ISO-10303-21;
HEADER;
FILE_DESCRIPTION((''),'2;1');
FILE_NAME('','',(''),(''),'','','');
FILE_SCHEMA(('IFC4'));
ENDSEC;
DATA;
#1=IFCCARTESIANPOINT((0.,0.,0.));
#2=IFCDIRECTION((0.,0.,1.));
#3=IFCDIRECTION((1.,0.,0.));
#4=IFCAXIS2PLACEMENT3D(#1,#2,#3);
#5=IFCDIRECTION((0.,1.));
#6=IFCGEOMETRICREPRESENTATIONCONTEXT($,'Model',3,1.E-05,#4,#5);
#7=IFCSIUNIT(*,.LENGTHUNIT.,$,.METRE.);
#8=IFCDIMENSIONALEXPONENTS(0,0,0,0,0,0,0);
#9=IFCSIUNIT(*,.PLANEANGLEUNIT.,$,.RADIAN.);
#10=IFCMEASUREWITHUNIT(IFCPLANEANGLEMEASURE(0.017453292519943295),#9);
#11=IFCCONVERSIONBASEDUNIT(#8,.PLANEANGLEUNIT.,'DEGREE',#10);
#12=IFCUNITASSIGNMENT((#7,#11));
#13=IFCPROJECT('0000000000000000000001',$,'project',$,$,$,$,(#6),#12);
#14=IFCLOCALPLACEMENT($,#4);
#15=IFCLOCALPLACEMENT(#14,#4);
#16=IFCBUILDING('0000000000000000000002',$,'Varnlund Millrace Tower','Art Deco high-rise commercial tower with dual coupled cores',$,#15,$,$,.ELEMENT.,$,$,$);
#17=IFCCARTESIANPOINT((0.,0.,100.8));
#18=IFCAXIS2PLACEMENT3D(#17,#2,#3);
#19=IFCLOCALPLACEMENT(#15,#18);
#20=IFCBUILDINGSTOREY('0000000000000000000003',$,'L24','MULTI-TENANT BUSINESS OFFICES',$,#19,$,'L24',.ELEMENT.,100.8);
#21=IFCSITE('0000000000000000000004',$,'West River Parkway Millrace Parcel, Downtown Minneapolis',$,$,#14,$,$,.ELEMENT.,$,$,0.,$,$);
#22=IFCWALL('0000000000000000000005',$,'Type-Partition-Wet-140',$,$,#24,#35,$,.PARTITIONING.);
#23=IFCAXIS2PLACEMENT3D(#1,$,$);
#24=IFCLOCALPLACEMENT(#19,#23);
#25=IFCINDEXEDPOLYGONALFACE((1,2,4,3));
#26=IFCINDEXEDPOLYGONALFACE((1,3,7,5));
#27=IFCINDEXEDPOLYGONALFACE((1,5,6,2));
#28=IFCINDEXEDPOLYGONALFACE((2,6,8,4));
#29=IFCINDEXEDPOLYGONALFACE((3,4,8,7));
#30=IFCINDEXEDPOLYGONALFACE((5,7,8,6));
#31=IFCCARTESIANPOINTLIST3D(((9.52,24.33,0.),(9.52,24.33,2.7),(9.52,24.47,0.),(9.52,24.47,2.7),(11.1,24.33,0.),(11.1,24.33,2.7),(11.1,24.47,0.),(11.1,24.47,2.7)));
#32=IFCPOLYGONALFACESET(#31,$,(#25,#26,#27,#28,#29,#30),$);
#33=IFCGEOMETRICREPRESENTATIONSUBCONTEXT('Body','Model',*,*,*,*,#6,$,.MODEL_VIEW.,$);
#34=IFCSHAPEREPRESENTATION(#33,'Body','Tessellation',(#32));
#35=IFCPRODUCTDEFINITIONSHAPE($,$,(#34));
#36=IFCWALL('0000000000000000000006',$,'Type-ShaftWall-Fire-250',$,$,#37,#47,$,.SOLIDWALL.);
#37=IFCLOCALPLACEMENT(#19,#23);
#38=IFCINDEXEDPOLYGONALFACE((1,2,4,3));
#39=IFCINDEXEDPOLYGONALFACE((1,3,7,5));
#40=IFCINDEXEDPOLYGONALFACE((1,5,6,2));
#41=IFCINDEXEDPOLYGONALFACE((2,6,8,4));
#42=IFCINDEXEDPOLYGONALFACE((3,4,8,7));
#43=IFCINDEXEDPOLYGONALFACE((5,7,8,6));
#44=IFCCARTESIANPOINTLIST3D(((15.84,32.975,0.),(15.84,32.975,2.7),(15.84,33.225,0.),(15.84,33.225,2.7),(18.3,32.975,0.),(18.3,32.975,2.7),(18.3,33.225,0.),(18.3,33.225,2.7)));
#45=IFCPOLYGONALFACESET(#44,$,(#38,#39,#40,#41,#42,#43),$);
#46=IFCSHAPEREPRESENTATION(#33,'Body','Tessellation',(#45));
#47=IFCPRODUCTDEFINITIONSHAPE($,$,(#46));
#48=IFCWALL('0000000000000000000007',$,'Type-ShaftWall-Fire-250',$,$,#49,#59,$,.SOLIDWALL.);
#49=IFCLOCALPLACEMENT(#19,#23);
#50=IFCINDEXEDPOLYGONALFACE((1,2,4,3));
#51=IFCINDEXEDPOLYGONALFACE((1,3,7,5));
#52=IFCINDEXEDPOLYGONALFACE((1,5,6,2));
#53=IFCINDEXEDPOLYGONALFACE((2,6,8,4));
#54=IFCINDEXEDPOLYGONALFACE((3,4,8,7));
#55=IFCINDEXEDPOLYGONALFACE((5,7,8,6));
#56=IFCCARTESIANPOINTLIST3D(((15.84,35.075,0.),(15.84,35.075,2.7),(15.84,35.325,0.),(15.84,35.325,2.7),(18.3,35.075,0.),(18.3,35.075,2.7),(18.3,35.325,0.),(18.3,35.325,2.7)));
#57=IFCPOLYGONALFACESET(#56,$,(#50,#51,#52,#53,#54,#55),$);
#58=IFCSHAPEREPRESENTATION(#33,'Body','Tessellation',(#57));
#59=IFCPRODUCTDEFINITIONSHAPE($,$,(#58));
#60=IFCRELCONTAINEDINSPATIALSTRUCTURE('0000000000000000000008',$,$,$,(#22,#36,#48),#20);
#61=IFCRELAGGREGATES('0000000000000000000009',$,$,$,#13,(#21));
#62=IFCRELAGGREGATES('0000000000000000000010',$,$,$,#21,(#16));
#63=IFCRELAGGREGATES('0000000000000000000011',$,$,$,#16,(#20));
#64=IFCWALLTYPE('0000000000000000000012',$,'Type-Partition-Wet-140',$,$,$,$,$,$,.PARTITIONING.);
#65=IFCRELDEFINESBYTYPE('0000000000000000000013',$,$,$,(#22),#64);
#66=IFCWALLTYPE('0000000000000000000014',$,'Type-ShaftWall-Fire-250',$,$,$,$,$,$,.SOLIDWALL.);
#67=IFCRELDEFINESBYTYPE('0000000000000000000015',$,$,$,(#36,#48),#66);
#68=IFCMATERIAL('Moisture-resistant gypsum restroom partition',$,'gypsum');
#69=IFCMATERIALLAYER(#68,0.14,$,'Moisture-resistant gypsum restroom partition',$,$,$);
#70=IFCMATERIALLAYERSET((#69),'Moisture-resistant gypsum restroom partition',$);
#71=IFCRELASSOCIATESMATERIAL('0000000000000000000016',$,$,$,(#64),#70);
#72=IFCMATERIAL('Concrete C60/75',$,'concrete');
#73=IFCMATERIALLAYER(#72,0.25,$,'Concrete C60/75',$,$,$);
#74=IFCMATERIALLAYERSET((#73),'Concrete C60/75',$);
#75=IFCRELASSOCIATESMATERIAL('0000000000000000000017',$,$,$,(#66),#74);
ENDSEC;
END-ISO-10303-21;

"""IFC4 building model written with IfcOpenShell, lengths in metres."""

from ifc_helpers import new_model, entity, si_unit, converted_unit, direction, frame, origin_with_axes, place, context, subcontext, project, spatial, polyline, outline, extrude, material, layer, layer_set, type_object, element, save


model = new_model("IFC4")

# Units and contexts
model_context = context("Model", 3, precision=1e-05, world=origin_with_axes(), true_north=direction((0.0, 1.0)))
body_context = subcontext(model_context, "Body", "Model", "MODEL_VIEW")
ifc_project = project(units=[si_unit("LENGTHUNIT", "METRE"), converted_unit("PLANEANGLEUNIT", "DEGREE", entity("IfcPlaneAngleMeasure", 0.017453292519943295), si_unit("PLANEANGLEUNIT", "RADIAN"), dimensions=[0, 0, 0, 0, 0, 0, 0])], contexts=[model_context])

# Site, building, storey
site_placement = place(None, origin_with_axes())
site = spatial("IfcSite", under=ifc_project, at=site_placement, Name="West River Parkway Millrace Parcel, Downtown Minneapolis", CompositionType="ELEMENT", RefElevation=0.0)
building_placement = place(site_placement, origin_with_axes())
building = spatial("IfcBuilding", under=site, at=building_placement, Name="Varnlund Millrace Tower", Description="Art Deco high-rise commercial tower with dual coupled cores", CompositionType="ELEMENT")
storey_placement = place(building_placement, frame((0.0, 0.0, 100.8), z_axis=(0.0, 0.0, 1.0), x_axis=(1.0, 0.0, 0.0)))
storey = spatial("IfcBuildingStorey", under=building, at=storey_placement, Name="L24", Description="MULTI-TENANT BUSINESS OFFICES", LongName="L24", CompositionType="ELEMENT", Elevation=100.8)

# Walls
ifc_material_1 = material(Name="Moisture-resistant gypsum restroom partition", Category="gypsum")
ifc_layer_1 = layer(ifc_material_1, 0.14, Name="Moisture-resistant gypsum restroom partition")
ifc_layer_set_1 = layer_set([ifc_layer_1], Name="Moisture-resistant gypsum restroom partition")
wall_type_1 = type_object("IfcWallType", Name="Type-Partition-Wet-140", PredefinedType="PARTITIONING", material=ifc_layer_set_1)
wall_1_placement = place(storey_placement, frame((9.52, 24.4, 0.0), z_axis=(0.0, 0.0, 1.0), x_axis=(1.0, 0.0, 0.0)))
element("IfcWall", 1, at=wall_1_placement, inside=storey, type_object=wall_type_1, Name="Type-Partition-Wet-140", PredefinedType="PARTITIONING", context=body_context, shape_type="SweptSolid", body=[
    extrude(outline(polyline([(0.0, -0.07), (1.58, -0.07), (1.58, 0.07), (0.0, 0.07), (0.0, -0.07)])), origin_with_axes(), (0.0, 0.0, 1.0), 2.7),
])
ifc_material_2 = material(Name="Concrete C60/75", Category="concrete")
ifc_layer_2 = layer(ifc_material_2, 0.25, Name="Concrete C60/75")
ifc_layer_set_2 = layer_set([ifc_layer_2], Name="Concrete C60/75")
wall_type_2 = type_object("IfcWallType", Name="Type-ShaftWall-Fire-250", PredefinedType="SOLIDWALL", material=ifc_layer_set_2)
for number, where, z_axis, x_axis, name in (
    (2, (15.84, 33.1, 0.0), (0.0, 0.0, 1.0), (1.0, 0.0, 0.0), "Type-ShaftWall-Fire-250"),
    (3, (15.84, 35.2, 0.0), (0.0, 0.0, 1.0), (1.0, 0.0, 0.0), "Type-ShaftWall-Fire-250"),
):
    element("IfcWall", number, at=place(storey_placement, frame(where, z_axis=z_axis, x_axis=x_axis)), inside=storey, type_object=wall_type_2, Name=name, PredefinedType="SOLIDWALL", context=body_context, shape_type="SweptSolid", body=[
        extrude(outline(polyline([(0.0, -0.125), (2.46, -0.125), (2.46, 0.125), (0.0, 0.125), (0.0, -0.125)])), origin_with_axes(), (0.0, 0.0, 1.0), 2.7),
    ])

save(model, "model.ifc")
